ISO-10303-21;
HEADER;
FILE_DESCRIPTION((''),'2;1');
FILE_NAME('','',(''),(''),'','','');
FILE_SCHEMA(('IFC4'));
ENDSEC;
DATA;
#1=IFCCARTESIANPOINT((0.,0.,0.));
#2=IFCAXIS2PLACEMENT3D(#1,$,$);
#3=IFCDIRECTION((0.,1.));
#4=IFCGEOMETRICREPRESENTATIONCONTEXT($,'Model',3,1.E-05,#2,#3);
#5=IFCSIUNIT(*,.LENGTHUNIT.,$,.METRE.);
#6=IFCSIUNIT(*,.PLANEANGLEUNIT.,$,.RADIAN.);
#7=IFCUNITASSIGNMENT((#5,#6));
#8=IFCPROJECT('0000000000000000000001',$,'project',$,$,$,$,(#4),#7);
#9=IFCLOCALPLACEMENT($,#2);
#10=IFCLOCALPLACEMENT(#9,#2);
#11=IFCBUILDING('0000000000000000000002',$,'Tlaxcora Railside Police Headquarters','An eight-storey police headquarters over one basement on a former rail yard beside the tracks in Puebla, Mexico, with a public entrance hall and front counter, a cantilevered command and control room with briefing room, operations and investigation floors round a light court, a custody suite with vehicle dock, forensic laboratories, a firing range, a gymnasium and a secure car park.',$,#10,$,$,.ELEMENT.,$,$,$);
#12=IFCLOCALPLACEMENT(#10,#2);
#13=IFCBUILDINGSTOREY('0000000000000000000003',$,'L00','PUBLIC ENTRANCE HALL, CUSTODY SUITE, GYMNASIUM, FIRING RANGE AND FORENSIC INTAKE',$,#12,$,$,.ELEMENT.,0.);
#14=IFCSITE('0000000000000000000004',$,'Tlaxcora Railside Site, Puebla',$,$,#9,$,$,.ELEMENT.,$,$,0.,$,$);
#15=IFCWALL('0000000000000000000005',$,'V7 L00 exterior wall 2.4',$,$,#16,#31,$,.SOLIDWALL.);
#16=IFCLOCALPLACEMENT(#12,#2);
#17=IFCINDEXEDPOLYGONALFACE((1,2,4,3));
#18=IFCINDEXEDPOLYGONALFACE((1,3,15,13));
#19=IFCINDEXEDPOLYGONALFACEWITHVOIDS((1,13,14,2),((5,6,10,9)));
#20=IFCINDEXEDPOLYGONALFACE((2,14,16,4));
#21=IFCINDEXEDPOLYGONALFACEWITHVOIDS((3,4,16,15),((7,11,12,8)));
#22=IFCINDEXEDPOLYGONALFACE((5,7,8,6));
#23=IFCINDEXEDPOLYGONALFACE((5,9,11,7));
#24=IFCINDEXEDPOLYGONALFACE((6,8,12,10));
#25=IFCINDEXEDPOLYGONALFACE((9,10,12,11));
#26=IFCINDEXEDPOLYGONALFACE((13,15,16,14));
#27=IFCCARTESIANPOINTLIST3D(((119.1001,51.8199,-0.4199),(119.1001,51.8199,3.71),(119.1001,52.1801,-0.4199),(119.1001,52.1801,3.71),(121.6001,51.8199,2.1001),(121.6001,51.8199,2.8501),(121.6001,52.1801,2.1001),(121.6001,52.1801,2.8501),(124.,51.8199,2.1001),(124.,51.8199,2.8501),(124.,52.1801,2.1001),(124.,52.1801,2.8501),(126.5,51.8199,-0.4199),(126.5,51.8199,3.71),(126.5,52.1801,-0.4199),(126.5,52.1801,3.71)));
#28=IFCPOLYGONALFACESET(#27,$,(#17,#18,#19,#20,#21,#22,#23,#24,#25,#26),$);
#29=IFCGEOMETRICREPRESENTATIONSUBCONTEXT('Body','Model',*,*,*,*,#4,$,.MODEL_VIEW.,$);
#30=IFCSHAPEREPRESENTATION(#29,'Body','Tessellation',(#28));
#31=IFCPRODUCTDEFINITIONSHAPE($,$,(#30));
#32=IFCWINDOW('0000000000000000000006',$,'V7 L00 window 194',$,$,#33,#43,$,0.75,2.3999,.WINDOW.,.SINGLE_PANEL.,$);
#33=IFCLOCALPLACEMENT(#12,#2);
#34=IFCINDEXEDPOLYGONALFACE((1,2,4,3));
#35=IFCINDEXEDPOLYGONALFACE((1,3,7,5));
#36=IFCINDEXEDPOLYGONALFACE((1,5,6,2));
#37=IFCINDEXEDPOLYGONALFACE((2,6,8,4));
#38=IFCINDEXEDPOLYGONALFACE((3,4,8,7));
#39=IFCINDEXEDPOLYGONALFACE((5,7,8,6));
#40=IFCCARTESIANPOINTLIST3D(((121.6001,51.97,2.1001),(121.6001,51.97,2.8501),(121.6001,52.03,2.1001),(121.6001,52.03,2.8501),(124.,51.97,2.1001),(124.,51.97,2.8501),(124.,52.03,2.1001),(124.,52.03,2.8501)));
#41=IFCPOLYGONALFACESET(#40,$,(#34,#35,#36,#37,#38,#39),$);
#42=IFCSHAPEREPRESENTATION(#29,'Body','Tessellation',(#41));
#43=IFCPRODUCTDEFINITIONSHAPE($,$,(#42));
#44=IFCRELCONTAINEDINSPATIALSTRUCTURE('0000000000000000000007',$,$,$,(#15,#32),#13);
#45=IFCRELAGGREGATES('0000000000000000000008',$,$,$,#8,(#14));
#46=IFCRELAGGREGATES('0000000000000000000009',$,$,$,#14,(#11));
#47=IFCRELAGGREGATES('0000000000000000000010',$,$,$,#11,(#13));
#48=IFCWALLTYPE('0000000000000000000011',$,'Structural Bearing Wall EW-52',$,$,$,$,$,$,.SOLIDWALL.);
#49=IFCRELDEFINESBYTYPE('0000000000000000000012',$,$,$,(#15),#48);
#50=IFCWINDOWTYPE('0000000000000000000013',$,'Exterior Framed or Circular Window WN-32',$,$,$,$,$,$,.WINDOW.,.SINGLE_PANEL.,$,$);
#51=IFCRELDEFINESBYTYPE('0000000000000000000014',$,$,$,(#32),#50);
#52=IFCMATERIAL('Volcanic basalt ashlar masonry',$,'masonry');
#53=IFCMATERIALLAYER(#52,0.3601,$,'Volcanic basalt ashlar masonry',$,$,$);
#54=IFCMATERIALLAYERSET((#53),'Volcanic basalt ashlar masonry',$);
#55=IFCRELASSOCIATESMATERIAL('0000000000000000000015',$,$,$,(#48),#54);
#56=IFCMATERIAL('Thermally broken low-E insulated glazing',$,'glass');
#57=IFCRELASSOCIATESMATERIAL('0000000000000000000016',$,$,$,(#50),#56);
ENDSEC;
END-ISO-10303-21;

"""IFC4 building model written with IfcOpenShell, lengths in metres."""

from ifc_helpers import new_model, si_unit, direction, frame, frame_2d, origin, place, context, subcontext, project, spatial, rectangle, extrude, material, layer, layer_set, type_object, element, fill, save


model = new_model("IFC4")

# Units and contexts
model_context = context("Model", 3, precision=1e-05, world=origin(), true_north=direction((0.0, 1.0)))
body_context = subcontext(model_context, "Body", "Model", "MODEL_VIEW")
ifc_project = project(units=[si_unit("LENGTHUNIT", "METRE"), si_unit("PLANEANGLEUNIT", "RADIAN")], contexts=[model_context])

# Site, building, storey
site_placement = place(None, origin())
site = spatial("IfcSite", under=ifc_project, at=site_placement, Name="Tlaxcora Railside Site, Puebla", CompositionType="ELEMENT", RefElevation=0.0)
building_placement = place(site_placement, origin())
building = spatial("IfcBuilding", under=site, at=building_placement, Name="Tlaxcora Railside Police Headquarters", Description="An eight-storey police headquarters over one basement on a former rail yard beside the tracks in Puebla, Mexico, with a public entrance hall and front counter, a cantilevered command and control room with briefing room, operations and investigation floors round a light court, a custody suite with vehicle dock, forensic laboratories, a firing range, a gymnasium and a secure car park.", CompositionType="ELEMENT")
storey_placement = place(building_placement, origin())
storey = spatial("IfcBuildingStorey", under=building, at=storey_placement, Name="L00", Description="PUBLIC ENTRANCE HALL, CUSTODY SUITE, GYMNASIUM, FIRING RANGE AND FORENSIC INTAKE", CompositionType="ELEMENT", Elevation=0.0)

# Wall, opening, window
ifc_material_1 = material(Name="Volcanic basalt ashlar masonry", Category="masonry")
ifc_layer_1 = layer(ifc_material_1, 0.3601, Name="Volcanic basalt ashlar masonry")
ifc_layer_set_1 = layer_set([ifc_layer_1], Name="Volcanic basalt ashlar masonry")
wall_type_1 = type_object("IfcWallType", Name="Structural Bearing Wall EW-52", PredefinedType="SOLIDWALL", material=ifc_layer_set_1)
wall_1_placement = place(storey_placement, frame((126.5, 52.0, -0.4199), z_axis=(0.0, 0.0, 1.0), x_axis=(-1.0, 0.0, 0.0)))
wall_1 = element("IfcWall", 1, at=wall_1_placement, inside=storey, type_object=wall_type_1, Name="V7 L00 exterior wall 2.4", PredefinedType="SOLIDWALL", context=body_context, shape_type="SweptSolid", body=[
    extrude(rectangle(XDim=7.3999, YDim=0.3601, at=frame_2d((3.7, 0.0))), origin(), (0.0, 0.0, 1.0), 4.1299),
])
opening_placement = place(wall_1_placement, frame((2.5, 0.0, 2.52)))
opening = element("IfcOpeningElement", 2, at=opening_placement, cuts=wall_1, PredefinedType="OPENING", context=body_context, shape_type="SweptSolid", body=[
    extrude(rectangle(XDim=2.3999, YDim=0.75, at=frame_2d((1.2, 0.375))), frame((0.0, 0.1899, 0.0), z_axis=(0.0, -1.0, 0.0), x_axis=(1.0, 0.0, 0.0)), (0.0, 0.0, 1.0), 0.3801),
])
ifc_material_2 = material(Name="Thermally broken low-E insulated glazing", Category="glass")
window_type = type_object("IfcWindowType", Name="Exterior Framed or Circular Window WN-32", PartitioningType="SINGLE_PANEL", PredefinedType="WINDOW", material=ifc_material_2)
window_placement = place(opening_placement, origin())
window = element("IfcWindow", 3, at=window_placement, inside=storey, type_object=window_type, Name="V7 L00 window 194", OverallHeight=0.75, OverallWidth=2.3999, PartitioningType="SINGLE_PANEL", PredefinedType="WINDOW", context=body_context, shape_type="SweptSolid", body=[
    extrude(rectangle(XDim=2.3999, YDim=0.75, at=frame_2d((1.2, 0.375))), frame((0.0, 0.03, 0.0), z_axis=(0.0, -1.0, 0.0), x_axis=(1.0, 0.0, 0.0)), (0.0, 0.0, 1.0), 0.0601),
])
fill(opening, window)

save(model, "model.ifc")
